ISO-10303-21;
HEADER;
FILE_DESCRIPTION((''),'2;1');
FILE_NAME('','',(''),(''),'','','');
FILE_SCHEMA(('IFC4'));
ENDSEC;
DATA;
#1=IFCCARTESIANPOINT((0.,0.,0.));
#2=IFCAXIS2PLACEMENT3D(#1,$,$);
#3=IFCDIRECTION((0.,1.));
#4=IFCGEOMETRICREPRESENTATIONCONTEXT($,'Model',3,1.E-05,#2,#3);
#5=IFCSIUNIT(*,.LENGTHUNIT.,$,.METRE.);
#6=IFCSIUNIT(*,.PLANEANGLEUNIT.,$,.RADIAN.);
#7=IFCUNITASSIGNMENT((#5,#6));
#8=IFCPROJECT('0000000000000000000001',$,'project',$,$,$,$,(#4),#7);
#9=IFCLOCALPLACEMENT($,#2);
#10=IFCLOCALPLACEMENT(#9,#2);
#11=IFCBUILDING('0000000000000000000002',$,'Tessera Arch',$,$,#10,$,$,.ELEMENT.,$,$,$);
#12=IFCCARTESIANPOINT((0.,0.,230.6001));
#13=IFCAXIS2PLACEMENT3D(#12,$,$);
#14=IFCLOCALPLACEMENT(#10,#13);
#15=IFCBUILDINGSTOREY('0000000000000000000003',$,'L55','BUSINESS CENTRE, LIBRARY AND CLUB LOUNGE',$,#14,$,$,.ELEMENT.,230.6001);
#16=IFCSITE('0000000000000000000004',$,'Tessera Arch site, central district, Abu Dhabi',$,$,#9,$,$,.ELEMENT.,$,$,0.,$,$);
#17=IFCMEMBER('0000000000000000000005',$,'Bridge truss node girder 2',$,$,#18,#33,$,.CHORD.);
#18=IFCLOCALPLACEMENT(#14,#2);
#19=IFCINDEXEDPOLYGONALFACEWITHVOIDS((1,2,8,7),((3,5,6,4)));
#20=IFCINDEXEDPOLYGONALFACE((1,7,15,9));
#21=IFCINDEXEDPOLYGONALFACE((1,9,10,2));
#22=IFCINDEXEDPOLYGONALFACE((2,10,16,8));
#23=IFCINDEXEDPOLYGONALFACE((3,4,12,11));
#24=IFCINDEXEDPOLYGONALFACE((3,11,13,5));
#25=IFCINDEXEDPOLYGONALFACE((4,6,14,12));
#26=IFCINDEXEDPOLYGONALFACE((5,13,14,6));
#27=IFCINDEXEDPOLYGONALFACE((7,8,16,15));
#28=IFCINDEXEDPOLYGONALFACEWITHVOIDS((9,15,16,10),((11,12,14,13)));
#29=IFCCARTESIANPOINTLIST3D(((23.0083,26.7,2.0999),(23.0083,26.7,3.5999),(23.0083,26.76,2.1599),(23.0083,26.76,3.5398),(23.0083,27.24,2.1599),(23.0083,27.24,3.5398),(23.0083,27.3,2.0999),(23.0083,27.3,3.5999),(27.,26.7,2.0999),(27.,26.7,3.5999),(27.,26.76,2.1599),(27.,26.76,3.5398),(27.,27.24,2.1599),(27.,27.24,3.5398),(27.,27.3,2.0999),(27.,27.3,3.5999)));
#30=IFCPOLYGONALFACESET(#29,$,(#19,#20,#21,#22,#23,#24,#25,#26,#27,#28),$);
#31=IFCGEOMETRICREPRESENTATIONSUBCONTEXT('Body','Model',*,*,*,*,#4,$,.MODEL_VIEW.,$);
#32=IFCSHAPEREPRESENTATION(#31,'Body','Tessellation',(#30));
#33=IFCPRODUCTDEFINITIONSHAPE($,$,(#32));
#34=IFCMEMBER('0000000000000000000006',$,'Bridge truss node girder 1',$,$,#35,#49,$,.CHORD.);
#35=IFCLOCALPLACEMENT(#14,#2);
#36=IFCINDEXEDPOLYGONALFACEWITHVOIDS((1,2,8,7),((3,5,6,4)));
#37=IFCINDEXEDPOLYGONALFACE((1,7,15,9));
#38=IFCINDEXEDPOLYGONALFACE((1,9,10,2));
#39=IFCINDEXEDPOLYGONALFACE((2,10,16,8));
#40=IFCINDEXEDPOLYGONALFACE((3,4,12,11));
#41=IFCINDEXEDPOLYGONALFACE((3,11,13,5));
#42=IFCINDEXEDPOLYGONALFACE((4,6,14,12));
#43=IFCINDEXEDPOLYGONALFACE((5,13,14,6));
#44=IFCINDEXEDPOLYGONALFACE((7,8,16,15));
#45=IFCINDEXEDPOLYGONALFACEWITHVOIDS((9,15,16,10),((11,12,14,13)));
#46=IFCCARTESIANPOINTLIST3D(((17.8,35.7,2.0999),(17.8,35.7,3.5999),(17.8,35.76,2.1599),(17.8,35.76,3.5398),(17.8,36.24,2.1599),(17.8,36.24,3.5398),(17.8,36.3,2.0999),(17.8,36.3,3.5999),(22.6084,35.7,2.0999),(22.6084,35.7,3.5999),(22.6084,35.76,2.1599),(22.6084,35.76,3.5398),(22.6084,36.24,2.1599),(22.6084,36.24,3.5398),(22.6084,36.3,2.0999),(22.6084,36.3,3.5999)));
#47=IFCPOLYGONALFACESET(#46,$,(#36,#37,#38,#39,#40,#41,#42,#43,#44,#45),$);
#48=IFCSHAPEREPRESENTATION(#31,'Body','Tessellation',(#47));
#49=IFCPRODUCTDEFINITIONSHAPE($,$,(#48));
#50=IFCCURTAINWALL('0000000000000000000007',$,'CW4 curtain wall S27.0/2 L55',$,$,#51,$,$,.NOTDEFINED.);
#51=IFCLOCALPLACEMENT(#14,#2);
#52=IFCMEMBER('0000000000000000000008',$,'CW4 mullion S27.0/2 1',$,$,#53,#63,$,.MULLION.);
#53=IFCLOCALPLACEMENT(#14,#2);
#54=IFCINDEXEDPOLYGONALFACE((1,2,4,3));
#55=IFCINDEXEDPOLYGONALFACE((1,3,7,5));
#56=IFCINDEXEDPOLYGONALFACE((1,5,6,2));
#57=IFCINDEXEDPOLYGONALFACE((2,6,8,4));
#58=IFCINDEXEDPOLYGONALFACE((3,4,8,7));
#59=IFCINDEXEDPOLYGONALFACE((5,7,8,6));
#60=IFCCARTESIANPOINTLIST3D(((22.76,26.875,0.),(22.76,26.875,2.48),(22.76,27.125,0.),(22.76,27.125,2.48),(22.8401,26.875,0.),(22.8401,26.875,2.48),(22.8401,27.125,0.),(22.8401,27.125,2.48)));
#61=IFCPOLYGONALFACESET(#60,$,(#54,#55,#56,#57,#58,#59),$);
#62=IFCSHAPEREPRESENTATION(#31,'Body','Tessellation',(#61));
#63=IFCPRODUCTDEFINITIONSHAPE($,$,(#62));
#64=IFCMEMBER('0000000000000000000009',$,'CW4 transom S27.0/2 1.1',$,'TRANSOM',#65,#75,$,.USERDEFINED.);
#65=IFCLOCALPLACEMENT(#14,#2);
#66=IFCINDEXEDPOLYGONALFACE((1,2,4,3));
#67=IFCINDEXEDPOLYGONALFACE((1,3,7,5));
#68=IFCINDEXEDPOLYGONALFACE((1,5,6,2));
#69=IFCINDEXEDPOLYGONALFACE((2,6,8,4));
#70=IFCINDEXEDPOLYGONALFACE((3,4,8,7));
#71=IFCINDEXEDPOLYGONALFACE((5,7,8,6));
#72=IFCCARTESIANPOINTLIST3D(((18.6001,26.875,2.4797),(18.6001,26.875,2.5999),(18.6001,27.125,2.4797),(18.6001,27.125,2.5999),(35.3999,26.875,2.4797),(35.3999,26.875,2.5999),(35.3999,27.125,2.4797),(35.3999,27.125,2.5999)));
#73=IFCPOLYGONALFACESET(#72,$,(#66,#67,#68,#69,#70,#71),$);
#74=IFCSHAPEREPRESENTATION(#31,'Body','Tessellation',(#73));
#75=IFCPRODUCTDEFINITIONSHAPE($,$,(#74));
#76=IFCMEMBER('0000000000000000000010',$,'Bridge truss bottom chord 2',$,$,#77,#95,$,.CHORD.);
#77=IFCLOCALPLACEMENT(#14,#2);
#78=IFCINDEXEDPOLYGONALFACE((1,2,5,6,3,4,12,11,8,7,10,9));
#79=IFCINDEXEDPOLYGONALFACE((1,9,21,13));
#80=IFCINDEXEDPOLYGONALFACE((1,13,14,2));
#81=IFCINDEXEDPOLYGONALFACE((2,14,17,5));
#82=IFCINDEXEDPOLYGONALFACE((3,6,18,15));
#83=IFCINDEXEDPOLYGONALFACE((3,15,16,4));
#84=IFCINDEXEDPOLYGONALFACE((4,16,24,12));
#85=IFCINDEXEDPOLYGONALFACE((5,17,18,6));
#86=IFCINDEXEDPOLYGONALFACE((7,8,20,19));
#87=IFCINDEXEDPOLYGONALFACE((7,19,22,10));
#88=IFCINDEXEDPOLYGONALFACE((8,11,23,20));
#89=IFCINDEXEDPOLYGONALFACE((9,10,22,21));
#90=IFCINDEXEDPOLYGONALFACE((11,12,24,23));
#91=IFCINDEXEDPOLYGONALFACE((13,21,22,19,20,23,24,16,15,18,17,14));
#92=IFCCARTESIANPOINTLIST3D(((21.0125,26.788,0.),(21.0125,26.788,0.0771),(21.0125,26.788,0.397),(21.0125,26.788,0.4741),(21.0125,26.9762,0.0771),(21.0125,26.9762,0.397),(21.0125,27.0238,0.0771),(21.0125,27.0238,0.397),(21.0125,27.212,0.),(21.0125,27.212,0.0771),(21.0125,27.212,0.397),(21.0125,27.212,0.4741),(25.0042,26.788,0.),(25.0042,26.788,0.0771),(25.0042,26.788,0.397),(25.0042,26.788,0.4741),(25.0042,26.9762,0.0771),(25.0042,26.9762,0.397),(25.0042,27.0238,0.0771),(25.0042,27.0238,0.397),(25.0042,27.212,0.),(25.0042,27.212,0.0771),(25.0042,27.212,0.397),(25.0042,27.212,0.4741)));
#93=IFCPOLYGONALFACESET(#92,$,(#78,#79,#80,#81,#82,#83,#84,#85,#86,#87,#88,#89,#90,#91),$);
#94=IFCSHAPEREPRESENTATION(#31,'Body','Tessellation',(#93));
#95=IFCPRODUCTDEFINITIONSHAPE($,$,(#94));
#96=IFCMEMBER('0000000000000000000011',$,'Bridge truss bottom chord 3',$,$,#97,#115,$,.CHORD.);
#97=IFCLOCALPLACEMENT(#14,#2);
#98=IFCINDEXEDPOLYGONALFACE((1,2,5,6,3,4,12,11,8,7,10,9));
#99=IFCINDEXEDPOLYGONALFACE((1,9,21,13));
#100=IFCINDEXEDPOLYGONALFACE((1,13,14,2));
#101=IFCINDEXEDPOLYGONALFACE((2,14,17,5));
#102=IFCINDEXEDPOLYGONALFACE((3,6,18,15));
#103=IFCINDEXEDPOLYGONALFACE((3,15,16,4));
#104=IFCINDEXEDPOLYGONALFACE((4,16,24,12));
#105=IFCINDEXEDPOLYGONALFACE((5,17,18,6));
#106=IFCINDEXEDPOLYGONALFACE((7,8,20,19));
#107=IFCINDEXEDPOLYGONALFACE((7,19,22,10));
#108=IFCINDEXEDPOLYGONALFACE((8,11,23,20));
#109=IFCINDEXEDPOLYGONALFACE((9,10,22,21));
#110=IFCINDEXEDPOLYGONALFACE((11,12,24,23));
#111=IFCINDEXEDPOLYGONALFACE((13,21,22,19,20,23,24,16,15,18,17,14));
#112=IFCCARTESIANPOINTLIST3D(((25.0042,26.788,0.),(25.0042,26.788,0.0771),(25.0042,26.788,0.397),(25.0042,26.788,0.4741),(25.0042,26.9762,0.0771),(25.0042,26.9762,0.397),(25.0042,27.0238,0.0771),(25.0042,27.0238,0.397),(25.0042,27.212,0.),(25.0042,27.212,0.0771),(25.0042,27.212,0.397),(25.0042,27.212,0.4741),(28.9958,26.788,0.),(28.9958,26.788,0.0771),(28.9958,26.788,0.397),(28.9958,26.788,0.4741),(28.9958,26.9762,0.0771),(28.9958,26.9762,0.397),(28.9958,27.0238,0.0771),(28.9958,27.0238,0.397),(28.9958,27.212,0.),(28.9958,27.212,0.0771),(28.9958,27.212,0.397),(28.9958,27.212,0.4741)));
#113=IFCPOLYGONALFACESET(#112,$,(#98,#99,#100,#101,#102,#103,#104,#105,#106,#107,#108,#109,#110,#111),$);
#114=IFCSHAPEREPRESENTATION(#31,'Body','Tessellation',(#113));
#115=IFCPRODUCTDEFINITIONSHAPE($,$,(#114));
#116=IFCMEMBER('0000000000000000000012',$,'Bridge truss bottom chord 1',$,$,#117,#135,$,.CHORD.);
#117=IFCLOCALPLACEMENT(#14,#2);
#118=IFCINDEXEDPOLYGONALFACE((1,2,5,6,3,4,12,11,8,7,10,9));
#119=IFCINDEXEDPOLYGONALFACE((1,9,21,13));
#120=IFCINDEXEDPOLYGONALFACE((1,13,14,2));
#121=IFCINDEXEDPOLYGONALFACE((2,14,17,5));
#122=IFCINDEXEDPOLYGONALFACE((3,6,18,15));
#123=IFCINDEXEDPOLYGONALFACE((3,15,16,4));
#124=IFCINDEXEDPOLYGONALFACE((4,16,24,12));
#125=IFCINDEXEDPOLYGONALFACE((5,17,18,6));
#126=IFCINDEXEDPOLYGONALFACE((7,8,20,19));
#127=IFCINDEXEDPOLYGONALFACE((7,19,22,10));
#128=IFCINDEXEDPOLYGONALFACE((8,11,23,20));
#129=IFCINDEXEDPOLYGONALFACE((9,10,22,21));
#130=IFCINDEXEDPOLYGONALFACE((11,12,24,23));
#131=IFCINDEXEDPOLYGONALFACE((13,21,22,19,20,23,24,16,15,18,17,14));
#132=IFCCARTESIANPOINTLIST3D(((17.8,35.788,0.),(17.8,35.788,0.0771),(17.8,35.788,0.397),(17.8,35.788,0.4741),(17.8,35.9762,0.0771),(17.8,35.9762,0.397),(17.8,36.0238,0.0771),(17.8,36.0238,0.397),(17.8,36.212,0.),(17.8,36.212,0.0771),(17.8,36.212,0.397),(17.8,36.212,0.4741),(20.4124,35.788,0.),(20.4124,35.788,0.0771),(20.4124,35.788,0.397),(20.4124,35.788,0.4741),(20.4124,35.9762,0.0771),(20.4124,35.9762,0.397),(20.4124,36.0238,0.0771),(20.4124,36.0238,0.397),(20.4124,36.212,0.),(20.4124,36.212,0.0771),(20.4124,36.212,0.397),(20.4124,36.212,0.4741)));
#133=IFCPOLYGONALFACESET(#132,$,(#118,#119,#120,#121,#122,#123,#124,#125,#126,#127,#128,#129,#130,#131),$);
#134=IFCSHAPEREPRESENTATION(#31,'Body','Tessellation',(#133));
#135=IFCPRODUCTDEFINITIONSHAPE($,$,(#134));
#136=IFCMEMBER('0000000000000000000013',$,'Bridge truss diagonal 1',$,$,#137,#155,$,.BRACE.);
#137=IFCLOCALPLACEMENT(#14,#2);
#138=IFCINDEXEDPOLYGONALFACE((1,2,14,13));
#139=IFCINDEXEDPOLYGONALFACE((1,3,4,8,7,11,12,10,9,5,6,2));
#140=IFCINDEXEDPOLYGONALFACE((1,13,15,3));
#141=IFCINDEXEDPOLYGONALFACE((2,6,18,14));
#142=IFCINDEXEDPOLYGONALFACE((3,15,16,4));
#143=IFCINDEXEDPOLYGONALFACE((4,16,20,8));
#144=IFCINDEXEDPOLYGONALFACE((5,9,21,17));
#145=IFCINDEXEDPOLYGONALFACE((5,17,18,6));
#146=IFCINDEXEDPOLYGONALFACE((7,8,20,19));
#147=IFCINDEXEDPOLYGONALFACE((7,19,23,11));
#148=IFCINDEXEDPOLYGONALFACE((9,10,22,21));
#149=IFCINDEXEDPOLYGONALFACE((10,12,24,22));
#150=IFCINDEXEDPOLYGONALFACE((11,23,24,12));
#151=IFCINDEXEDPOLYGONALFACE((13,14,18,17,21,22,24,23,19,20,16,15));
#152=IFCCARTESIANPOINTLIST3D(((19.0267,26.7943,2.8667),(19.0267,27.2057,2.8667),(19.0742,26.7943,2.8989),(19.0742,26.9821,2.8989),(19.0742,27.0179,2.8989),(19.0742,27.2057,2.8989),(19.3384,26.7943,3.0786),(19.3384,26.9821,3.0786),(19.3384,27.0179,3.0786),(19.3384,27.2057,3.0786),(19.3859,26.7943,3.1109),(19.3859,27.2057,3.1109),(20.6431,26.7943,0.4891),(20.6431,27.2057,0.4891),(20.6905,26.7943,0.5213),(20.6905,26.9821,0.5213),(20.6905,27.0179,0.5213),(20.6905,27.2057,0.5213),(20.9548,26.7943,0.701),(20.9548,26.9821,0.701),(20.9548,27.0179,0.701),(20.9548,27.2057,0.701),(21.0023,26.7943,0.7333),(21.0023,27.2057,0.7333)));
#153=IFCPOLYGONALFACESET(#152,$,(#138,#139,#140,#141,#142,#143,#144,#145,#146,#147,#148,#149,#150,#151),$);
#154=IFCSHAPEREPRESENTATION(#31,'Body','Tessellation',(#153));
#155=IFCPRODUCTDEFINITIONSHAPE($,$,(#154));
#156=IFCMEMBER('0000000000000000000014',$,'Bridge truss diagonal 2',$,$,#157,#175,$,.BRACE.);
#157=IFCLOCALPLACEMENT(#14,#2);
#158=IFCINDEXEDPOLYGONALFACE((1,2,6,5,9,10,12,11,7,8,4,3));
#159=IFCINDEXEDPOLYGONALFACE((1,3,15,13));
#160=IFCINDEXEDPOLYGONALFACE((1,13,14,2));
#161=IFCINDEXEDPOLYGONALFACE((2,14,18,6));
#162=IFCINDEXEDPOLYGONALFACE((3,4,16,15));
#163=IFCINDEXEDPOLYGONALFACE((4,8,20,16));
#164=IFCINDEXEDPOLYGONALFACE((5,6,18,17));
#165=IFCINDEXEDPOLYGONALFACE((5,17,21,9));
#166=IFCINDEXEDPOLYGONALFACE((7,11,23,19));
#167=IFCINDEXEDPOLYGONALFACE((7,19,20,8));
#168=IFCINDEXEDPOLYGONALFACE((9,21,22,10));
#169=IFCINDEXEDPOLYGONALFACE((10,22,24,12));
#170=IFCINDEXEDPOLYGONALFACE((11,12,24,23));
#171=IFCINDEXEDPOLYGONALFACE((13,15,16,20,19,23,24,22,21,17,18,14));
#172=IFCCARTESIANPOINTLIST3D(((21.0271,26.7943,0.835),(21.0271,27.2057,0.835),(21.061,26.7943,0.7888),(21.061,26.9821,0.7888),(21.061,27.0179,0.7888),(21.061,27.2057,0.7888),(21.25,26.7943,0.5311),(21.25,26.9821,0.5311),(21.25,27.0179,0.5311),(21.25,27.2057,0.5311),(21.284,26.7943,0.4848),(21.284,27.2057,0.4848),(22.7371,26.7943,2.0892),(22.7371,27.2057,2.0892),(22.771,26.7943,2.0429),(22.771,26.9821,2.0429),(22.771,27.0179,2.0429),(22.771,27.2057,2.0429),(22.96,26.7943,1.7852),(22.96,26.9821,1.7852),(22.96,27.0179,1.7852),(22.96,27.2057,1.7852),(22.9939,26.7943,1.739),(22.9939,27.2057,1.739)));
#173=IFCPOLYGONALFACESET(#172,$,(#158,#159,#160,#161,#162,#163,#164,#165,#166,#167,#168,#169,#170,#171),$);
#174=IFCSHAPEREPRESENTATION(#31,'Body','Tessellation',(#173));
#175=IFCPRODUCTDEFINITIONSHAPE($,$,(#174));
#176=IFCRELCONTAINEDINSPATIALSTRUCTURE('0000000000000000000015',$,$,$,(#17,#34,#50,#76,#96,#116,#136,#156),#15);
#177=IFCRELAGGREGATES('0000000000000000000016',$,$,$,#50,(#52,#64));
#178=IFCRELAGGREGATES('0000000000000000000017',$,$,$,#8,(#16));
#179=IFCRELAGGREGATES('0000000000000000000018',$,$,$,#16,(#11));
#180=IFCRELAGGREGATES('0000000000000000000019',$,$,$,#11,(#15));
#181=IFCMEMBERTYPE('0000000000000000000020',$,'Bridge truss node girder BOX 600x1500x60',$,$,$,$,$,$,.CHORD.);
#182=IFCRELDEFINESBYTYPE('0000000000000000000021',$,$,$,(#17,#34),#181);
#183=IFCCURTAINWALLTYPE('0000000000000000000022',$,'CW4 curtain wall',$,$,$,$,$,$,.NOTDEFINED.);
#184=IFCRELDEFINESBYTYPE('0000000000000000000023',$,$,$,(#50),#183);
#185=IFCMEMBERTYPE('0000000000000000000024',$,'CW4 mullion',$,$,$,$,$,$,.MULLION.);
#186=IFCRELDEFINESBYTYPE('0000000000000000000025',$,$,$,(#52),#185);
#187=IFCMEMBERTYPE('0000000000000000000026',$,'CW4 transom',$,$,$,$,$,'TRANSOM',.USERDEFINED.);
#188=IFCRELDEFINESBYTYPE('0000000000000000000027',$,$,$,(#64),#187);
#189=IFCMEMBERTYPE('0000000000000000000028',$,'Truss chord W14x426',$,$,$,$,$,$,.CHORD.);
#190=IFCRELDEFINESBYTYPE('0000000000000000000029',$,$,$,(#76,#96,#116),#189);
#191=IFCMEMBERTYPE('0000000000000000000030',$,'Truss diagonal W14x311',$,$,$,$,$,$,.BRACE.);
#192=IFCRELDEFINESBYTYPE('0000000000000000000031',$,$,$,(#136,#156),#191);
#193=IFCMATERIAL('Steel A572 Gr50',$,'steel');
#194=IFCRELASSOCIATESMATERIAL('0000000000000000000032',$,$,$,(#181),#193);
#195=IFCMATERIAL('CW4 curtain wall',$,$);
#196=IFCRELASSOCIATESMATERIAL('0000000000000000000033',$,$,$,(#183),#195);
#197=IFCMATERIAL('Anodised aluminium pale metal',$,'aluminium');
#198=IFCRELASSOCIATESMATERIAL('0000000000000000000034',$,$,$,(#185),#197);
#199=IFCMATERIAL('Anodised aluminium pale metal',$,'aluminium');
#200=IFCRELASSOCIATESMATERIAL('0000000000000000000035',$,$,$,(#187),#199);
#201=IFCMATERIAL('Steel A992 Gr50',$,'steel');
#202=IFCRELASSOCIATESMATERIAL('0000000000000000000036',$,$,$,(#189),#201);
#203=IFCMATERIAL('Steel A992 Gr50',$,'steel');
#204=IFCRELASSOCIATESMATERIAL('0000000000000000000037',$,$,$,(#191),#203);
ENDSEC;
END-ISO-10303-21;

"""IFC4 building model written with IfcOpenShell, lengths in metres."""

from ifc_helpers import new_model, si_unit, direction, frame, origin, origin_2d, place, context, subcontext, project, spatial, rectangle, hollow_rectangle, i_section, extrude, material, material_profile, profile_set, type_object, element, aggregate, save


model = new_model("IFC4")

# Units and contexts
model_context = context("Model", 3, precision=1e-05, world=origin(), true_north=direction((0.0, 1.0)))
body_context = subcontext(model_context, "Body", "Model", "MODEL_VIEW")
ifc_project = project(units=[si_unit("LENGTHUNIT", "METRE"), si_unit("PLANEANGLEUNIT", "RADIAN")], contexts=[model_context])

# Site, building, storey
site_placement = place(None, origin())
site = spatial("IfcSite", under=ifc_project, at=site_placement, Name="Tessera Arch site, central district, Abu Dhabi", CompositionType="ELEMENT", RefElevation=0.0)
building_placement = place(site_placement, origin())
building = spatial("IfcBuilding", under=site, at=building_placement, Name="Tessera Arch", CompositionType="ELEMENT")
storey_placement = place(building_placement, frame((0.0, 0.0, 230.6001)))
storey = spatial("IfcBuildingStorey", under=building, at=storey_placement, Name="L55", Description="BUSINESS CENTRE, LIBRARY AND CLUB LOUNGE", CompositionType="ELEMENT", Elevation=230.6001)

# Members
ifc_material_1 = material(Name="Steel A572 Gr50", Category="steel")
ifc_material_profile_1 = material_profile(ifc_material_1, hollow_rectangle(XDim=0.6001, YDim=1.5, WallThickness=0.0601, at=origin_2d()), Name="BOX 600x1500x60")
ifc_profile_set_1 = profile_set([ifc_material_profile_1], Name="Steel A572 Gr50")
member_type_1 = type_object("IfcMemberType", Name="Bridge truss node girder BOX 600x1500x60", PredefinedType="CHORD", material=ifc_profile_set_1)
member_1_placement = place(storey_placement, frame((23.0083, 27.0, 2.8499), z_axis=(1.0, 0.0, 0.0), x_axis=(0.0, 1.0, 0.0)))
element("IfcMember", 1, at=member_1_placement, inside=storey, type_object=member_type_1, Name="Bridge truss node girder 2", PredefinedType="CHORD", context=body_context, shape_type="SweptSolid", body=[
    extrude(hollow_rectangle(XDim=0.6001, YDim=1.5, WallThickness=0.0601, at=origin_2d()), origin(), (0.0, 0.0, 1.0), 3.9917),
])
member_2_placement = place(storey_placement, frame((17.8, 36.0, 2.8499), z_axis=(1.0, 0.0, 0.0), x_axis=(0.0, 1.0, 0.0)))
element("IfcMember", 2, at=member_2_placement, inside=storey, type_object=member_type_1, Name="Bridge truss node girder 1", PredefinedType="CHORD", context=body_context, shape_type="SweptSolid", body=[
    extrude(hollow_rectangle(XDim=0.6001, YDim=1.5, WallThickness=0.0601, at=origin_2d()), origin(), (0.0, 0.0, 1.0), 4.8083),
])

# Curtain wall, members
ifc_material_2 = material(Name="CW4 curtain wall")
curtain_wall_type = type_object("IfcCurtainWallType", Name="CW4 curtain wall", PredefinedType="NOTDEFINED", material=ifc_material_2)
curtain_wall_placement = place(storey_placement, origin())
curtain_wall = element("IfcCurtainWall", 3, at=curtain_wall_placement, inside=storey, type_object=curtain_wall_type, Name="CW4 curtain wall S27.0/2 L55", PredefinedType="NOTDEFINED")
ifc_material_3 = material(Name="Anodised aluminium pale metal", Category="aluminium")
ifc_material_profile_2 = material_profile(ifc_material_3, rectangle(XDim=0.25, YDim=0.0801, at=origin_2d()), Name="AL 80x250")
ifc_profile_set_2 = profile_set([ifc_material_profile_2], Name="Anodised aluminium pale metal")
member_type_2 = type_object("IfcMemberType", Name="CW4 mullion", PredefinedType="MULLION", material=ifc_profile_set_2)
member_3_placement = place(storey_placement, frame((22.8, 27.0, 0.0), z_axis=(0.0, 0.0, 1.0), x_axis=(0.0, 1.0, 0.0)))
member_3 = element("IfcMember", 4, at=member_3_placement, type_object=member_type_2, Name="CW4 mullion S27.0/2 1", PredefinedType="MULLION", context=body_context, shape_type="SweptSolid", body=[
    extrude(rectangle(XDim=0.25, YDim=0.0801, at=origin_2d()), origin(), (0.0, 0.0, 1.0), 2.48),
])
ifc_material_4 = material(Name="Anodised aluminium pale metal", Category="aluminium")
ifc_material_profile_3 = material_profile(ifc_material_4, rectangle(XDim=0.25, YDim=0.1201, at=origin_2d()), Name="AL 250x120")
ifc_profile_set_3 = profile_set([ifc_material_profile_3], Name="Anodised aluminium pale metal")
member_type_3 = type_object("IfcMemberType", Name="CW4 transom", ElementType="TRANSOM", PredefinedType="USERDEFINED", material=ifc_profile_set_3)
member_4_placement = place(storey_placement, frame((18.6001, 27.0, 2.5398), z_axis=(1.0, 0.0, 0.0), x_axis=(0.0, 1.0, 0.0)))
member_4 = element("IfcMember", 5, at=member_4_placement, type_object=member_type_3, Name="CW4 transom S27.0/2 1.1", ObjectType="TRANSOM", PredefinedType="USERDEFINED", context=body_context, shape_type="SweptSolid", body=[
    extrude(rectangle(XDim=0.25, YDim=0.1201, at=origin_2d()), origin(), (0.0, 0.0, 1.0), 16.7998),
])
aggregate(curtain_wall, [member_3, member_4])

# Members
ifc_material_5 = material(Name="Steel A992 Gr50", Category="steel")
ifc_material_profile_4 = material_profile(ifc_material_5, i_section(OverallWidth=0.4241, OverallDepth=0.4741, WebThickness=0.0476, FlangeThickness=0.0771, at=origin_2d()), Name="W14x426")
ifc_profile_set_4 = profile_set([ifc_material_profile_4], Name="Steel A992 Gr50")
member_type_4 = type_object("IfcMemberType", Name="Truss chord W14x426", PredefinedType="CHORD", material=ifc_profile_set_4)
for number, where, z_axis, x_axis, name in (
    (6, (21.0125, 27.0, 0.2371), (1.0, 0.0, 0.0), (0.0, 1.0, 0.0), "Bridge truss bottom chord 2"),
    (7, (25.0042, 27.0, 0.2371), (1.0, 0.0, 0.0), (0.0, 1.0, 0.0), "Bridge truss bottom chord 3"),
):
    element("IfcMember", number, at=place(storey_placement, frame(where, z_axis=z_axis, x_axis=x_axis)), inside=storey, type_object=member_type_4, Name=name, PredefinedType="CHORD", context=body_context, shape_type="SweptSolid", body=[
        extrude(i_section(OverallWidth=0.4241, OverallDepth=0.4741, WebThickness=0.0476, FlangeThickness=0.0771, at=origin_2d()), origin(), (0.0, 0.0, 1.0), 3.9917),
    ])
member_5_placement = place(storey_placement, frame((17.8, 36.0, 0.2371), z_axis=(1.0, 0.0, 0.0), x_axis=(0.0, 1.0, 0.0)))
element("IfcMember", 8, at=member_5_placement, inside=storey, type_object=member_type_4, Name="Bridge truss bottom chord 1", PredefinedType="CHORD", context=body_context, shape_type="SweptSolid", body=[
    extrude(i_section(OverallWidth=0.4241, OverallDepth=0.4741, WebThickness=0.0476, FlangeThickness=0.0771, at=origin_2d()), origin(), (0.0, 0.0, 1.0), 2.6123),
])
ifc_material_6 = material(Name="Steel A992 Gr50", Category="steel")
ifc_material_profile_5 = material_profile(ifc_material_6, i_section(OverallWidth=0.4114, OverallDepth=0.4343, WebThickness=0.0359, FlangeThickness=0.0574, at=origin_2d()), Name="W14x311")
ifc_profile_set_5 = profile_set([ifc_material_profile_5], Name="Steel A992 Gr50")
member_type_5 = type_object("IfcMemberType", Name="Truss diagonal W14x311", PredefinedType="BRACE", material=ifc_profile_set_5)
member_6_placement = place(storey_placement, frame((19.2063, 27.0, 2.9888), z_axis=(0.562222, 0.0, -0.826987), x_axis=(0.0, 1.0, 0.0)))
element("IfcMember", 9, at=member_6_placement, inside=storey, type_object=member_type_5, Name="Bridge truss diagonal 1", PredefinedType="BRACE", context=body_context, shape_type="SweptSolid", body=[
    extrude(i_section(OverallWidth=0.4114, OverallDepth=0.4343, WebThickness=0.0359, FlangeThickness=0.0574, at=origin_2d()), origin(), (0.0, 0.0, 1.0), 2.875),
])
member_7_placement = place(storey_placement, frame((21.1555, 27.0, 0.6599), z_axis=(0.806365, 0.0, 0.591419), x_axis=(0.0, 1.0, 0.0)))
element("IfcMember", 10, at=member_7_placement, inside=storey, type_object=member_type_5, Name="Bridge truss diagonal 2", PredefinedType="BRACE", context=body_context, shape_type="SweptSolid", body=[
    extrude(i_section(OverallWidth=0.4114, OverallDepth=0.4343, WebThickness=0.0359, FlangeThickness=0.0574, at=origin_2d()), origin(), (0.0, 0.0, 1.0), 2.1206),
])

save(model, "model.ifc")
